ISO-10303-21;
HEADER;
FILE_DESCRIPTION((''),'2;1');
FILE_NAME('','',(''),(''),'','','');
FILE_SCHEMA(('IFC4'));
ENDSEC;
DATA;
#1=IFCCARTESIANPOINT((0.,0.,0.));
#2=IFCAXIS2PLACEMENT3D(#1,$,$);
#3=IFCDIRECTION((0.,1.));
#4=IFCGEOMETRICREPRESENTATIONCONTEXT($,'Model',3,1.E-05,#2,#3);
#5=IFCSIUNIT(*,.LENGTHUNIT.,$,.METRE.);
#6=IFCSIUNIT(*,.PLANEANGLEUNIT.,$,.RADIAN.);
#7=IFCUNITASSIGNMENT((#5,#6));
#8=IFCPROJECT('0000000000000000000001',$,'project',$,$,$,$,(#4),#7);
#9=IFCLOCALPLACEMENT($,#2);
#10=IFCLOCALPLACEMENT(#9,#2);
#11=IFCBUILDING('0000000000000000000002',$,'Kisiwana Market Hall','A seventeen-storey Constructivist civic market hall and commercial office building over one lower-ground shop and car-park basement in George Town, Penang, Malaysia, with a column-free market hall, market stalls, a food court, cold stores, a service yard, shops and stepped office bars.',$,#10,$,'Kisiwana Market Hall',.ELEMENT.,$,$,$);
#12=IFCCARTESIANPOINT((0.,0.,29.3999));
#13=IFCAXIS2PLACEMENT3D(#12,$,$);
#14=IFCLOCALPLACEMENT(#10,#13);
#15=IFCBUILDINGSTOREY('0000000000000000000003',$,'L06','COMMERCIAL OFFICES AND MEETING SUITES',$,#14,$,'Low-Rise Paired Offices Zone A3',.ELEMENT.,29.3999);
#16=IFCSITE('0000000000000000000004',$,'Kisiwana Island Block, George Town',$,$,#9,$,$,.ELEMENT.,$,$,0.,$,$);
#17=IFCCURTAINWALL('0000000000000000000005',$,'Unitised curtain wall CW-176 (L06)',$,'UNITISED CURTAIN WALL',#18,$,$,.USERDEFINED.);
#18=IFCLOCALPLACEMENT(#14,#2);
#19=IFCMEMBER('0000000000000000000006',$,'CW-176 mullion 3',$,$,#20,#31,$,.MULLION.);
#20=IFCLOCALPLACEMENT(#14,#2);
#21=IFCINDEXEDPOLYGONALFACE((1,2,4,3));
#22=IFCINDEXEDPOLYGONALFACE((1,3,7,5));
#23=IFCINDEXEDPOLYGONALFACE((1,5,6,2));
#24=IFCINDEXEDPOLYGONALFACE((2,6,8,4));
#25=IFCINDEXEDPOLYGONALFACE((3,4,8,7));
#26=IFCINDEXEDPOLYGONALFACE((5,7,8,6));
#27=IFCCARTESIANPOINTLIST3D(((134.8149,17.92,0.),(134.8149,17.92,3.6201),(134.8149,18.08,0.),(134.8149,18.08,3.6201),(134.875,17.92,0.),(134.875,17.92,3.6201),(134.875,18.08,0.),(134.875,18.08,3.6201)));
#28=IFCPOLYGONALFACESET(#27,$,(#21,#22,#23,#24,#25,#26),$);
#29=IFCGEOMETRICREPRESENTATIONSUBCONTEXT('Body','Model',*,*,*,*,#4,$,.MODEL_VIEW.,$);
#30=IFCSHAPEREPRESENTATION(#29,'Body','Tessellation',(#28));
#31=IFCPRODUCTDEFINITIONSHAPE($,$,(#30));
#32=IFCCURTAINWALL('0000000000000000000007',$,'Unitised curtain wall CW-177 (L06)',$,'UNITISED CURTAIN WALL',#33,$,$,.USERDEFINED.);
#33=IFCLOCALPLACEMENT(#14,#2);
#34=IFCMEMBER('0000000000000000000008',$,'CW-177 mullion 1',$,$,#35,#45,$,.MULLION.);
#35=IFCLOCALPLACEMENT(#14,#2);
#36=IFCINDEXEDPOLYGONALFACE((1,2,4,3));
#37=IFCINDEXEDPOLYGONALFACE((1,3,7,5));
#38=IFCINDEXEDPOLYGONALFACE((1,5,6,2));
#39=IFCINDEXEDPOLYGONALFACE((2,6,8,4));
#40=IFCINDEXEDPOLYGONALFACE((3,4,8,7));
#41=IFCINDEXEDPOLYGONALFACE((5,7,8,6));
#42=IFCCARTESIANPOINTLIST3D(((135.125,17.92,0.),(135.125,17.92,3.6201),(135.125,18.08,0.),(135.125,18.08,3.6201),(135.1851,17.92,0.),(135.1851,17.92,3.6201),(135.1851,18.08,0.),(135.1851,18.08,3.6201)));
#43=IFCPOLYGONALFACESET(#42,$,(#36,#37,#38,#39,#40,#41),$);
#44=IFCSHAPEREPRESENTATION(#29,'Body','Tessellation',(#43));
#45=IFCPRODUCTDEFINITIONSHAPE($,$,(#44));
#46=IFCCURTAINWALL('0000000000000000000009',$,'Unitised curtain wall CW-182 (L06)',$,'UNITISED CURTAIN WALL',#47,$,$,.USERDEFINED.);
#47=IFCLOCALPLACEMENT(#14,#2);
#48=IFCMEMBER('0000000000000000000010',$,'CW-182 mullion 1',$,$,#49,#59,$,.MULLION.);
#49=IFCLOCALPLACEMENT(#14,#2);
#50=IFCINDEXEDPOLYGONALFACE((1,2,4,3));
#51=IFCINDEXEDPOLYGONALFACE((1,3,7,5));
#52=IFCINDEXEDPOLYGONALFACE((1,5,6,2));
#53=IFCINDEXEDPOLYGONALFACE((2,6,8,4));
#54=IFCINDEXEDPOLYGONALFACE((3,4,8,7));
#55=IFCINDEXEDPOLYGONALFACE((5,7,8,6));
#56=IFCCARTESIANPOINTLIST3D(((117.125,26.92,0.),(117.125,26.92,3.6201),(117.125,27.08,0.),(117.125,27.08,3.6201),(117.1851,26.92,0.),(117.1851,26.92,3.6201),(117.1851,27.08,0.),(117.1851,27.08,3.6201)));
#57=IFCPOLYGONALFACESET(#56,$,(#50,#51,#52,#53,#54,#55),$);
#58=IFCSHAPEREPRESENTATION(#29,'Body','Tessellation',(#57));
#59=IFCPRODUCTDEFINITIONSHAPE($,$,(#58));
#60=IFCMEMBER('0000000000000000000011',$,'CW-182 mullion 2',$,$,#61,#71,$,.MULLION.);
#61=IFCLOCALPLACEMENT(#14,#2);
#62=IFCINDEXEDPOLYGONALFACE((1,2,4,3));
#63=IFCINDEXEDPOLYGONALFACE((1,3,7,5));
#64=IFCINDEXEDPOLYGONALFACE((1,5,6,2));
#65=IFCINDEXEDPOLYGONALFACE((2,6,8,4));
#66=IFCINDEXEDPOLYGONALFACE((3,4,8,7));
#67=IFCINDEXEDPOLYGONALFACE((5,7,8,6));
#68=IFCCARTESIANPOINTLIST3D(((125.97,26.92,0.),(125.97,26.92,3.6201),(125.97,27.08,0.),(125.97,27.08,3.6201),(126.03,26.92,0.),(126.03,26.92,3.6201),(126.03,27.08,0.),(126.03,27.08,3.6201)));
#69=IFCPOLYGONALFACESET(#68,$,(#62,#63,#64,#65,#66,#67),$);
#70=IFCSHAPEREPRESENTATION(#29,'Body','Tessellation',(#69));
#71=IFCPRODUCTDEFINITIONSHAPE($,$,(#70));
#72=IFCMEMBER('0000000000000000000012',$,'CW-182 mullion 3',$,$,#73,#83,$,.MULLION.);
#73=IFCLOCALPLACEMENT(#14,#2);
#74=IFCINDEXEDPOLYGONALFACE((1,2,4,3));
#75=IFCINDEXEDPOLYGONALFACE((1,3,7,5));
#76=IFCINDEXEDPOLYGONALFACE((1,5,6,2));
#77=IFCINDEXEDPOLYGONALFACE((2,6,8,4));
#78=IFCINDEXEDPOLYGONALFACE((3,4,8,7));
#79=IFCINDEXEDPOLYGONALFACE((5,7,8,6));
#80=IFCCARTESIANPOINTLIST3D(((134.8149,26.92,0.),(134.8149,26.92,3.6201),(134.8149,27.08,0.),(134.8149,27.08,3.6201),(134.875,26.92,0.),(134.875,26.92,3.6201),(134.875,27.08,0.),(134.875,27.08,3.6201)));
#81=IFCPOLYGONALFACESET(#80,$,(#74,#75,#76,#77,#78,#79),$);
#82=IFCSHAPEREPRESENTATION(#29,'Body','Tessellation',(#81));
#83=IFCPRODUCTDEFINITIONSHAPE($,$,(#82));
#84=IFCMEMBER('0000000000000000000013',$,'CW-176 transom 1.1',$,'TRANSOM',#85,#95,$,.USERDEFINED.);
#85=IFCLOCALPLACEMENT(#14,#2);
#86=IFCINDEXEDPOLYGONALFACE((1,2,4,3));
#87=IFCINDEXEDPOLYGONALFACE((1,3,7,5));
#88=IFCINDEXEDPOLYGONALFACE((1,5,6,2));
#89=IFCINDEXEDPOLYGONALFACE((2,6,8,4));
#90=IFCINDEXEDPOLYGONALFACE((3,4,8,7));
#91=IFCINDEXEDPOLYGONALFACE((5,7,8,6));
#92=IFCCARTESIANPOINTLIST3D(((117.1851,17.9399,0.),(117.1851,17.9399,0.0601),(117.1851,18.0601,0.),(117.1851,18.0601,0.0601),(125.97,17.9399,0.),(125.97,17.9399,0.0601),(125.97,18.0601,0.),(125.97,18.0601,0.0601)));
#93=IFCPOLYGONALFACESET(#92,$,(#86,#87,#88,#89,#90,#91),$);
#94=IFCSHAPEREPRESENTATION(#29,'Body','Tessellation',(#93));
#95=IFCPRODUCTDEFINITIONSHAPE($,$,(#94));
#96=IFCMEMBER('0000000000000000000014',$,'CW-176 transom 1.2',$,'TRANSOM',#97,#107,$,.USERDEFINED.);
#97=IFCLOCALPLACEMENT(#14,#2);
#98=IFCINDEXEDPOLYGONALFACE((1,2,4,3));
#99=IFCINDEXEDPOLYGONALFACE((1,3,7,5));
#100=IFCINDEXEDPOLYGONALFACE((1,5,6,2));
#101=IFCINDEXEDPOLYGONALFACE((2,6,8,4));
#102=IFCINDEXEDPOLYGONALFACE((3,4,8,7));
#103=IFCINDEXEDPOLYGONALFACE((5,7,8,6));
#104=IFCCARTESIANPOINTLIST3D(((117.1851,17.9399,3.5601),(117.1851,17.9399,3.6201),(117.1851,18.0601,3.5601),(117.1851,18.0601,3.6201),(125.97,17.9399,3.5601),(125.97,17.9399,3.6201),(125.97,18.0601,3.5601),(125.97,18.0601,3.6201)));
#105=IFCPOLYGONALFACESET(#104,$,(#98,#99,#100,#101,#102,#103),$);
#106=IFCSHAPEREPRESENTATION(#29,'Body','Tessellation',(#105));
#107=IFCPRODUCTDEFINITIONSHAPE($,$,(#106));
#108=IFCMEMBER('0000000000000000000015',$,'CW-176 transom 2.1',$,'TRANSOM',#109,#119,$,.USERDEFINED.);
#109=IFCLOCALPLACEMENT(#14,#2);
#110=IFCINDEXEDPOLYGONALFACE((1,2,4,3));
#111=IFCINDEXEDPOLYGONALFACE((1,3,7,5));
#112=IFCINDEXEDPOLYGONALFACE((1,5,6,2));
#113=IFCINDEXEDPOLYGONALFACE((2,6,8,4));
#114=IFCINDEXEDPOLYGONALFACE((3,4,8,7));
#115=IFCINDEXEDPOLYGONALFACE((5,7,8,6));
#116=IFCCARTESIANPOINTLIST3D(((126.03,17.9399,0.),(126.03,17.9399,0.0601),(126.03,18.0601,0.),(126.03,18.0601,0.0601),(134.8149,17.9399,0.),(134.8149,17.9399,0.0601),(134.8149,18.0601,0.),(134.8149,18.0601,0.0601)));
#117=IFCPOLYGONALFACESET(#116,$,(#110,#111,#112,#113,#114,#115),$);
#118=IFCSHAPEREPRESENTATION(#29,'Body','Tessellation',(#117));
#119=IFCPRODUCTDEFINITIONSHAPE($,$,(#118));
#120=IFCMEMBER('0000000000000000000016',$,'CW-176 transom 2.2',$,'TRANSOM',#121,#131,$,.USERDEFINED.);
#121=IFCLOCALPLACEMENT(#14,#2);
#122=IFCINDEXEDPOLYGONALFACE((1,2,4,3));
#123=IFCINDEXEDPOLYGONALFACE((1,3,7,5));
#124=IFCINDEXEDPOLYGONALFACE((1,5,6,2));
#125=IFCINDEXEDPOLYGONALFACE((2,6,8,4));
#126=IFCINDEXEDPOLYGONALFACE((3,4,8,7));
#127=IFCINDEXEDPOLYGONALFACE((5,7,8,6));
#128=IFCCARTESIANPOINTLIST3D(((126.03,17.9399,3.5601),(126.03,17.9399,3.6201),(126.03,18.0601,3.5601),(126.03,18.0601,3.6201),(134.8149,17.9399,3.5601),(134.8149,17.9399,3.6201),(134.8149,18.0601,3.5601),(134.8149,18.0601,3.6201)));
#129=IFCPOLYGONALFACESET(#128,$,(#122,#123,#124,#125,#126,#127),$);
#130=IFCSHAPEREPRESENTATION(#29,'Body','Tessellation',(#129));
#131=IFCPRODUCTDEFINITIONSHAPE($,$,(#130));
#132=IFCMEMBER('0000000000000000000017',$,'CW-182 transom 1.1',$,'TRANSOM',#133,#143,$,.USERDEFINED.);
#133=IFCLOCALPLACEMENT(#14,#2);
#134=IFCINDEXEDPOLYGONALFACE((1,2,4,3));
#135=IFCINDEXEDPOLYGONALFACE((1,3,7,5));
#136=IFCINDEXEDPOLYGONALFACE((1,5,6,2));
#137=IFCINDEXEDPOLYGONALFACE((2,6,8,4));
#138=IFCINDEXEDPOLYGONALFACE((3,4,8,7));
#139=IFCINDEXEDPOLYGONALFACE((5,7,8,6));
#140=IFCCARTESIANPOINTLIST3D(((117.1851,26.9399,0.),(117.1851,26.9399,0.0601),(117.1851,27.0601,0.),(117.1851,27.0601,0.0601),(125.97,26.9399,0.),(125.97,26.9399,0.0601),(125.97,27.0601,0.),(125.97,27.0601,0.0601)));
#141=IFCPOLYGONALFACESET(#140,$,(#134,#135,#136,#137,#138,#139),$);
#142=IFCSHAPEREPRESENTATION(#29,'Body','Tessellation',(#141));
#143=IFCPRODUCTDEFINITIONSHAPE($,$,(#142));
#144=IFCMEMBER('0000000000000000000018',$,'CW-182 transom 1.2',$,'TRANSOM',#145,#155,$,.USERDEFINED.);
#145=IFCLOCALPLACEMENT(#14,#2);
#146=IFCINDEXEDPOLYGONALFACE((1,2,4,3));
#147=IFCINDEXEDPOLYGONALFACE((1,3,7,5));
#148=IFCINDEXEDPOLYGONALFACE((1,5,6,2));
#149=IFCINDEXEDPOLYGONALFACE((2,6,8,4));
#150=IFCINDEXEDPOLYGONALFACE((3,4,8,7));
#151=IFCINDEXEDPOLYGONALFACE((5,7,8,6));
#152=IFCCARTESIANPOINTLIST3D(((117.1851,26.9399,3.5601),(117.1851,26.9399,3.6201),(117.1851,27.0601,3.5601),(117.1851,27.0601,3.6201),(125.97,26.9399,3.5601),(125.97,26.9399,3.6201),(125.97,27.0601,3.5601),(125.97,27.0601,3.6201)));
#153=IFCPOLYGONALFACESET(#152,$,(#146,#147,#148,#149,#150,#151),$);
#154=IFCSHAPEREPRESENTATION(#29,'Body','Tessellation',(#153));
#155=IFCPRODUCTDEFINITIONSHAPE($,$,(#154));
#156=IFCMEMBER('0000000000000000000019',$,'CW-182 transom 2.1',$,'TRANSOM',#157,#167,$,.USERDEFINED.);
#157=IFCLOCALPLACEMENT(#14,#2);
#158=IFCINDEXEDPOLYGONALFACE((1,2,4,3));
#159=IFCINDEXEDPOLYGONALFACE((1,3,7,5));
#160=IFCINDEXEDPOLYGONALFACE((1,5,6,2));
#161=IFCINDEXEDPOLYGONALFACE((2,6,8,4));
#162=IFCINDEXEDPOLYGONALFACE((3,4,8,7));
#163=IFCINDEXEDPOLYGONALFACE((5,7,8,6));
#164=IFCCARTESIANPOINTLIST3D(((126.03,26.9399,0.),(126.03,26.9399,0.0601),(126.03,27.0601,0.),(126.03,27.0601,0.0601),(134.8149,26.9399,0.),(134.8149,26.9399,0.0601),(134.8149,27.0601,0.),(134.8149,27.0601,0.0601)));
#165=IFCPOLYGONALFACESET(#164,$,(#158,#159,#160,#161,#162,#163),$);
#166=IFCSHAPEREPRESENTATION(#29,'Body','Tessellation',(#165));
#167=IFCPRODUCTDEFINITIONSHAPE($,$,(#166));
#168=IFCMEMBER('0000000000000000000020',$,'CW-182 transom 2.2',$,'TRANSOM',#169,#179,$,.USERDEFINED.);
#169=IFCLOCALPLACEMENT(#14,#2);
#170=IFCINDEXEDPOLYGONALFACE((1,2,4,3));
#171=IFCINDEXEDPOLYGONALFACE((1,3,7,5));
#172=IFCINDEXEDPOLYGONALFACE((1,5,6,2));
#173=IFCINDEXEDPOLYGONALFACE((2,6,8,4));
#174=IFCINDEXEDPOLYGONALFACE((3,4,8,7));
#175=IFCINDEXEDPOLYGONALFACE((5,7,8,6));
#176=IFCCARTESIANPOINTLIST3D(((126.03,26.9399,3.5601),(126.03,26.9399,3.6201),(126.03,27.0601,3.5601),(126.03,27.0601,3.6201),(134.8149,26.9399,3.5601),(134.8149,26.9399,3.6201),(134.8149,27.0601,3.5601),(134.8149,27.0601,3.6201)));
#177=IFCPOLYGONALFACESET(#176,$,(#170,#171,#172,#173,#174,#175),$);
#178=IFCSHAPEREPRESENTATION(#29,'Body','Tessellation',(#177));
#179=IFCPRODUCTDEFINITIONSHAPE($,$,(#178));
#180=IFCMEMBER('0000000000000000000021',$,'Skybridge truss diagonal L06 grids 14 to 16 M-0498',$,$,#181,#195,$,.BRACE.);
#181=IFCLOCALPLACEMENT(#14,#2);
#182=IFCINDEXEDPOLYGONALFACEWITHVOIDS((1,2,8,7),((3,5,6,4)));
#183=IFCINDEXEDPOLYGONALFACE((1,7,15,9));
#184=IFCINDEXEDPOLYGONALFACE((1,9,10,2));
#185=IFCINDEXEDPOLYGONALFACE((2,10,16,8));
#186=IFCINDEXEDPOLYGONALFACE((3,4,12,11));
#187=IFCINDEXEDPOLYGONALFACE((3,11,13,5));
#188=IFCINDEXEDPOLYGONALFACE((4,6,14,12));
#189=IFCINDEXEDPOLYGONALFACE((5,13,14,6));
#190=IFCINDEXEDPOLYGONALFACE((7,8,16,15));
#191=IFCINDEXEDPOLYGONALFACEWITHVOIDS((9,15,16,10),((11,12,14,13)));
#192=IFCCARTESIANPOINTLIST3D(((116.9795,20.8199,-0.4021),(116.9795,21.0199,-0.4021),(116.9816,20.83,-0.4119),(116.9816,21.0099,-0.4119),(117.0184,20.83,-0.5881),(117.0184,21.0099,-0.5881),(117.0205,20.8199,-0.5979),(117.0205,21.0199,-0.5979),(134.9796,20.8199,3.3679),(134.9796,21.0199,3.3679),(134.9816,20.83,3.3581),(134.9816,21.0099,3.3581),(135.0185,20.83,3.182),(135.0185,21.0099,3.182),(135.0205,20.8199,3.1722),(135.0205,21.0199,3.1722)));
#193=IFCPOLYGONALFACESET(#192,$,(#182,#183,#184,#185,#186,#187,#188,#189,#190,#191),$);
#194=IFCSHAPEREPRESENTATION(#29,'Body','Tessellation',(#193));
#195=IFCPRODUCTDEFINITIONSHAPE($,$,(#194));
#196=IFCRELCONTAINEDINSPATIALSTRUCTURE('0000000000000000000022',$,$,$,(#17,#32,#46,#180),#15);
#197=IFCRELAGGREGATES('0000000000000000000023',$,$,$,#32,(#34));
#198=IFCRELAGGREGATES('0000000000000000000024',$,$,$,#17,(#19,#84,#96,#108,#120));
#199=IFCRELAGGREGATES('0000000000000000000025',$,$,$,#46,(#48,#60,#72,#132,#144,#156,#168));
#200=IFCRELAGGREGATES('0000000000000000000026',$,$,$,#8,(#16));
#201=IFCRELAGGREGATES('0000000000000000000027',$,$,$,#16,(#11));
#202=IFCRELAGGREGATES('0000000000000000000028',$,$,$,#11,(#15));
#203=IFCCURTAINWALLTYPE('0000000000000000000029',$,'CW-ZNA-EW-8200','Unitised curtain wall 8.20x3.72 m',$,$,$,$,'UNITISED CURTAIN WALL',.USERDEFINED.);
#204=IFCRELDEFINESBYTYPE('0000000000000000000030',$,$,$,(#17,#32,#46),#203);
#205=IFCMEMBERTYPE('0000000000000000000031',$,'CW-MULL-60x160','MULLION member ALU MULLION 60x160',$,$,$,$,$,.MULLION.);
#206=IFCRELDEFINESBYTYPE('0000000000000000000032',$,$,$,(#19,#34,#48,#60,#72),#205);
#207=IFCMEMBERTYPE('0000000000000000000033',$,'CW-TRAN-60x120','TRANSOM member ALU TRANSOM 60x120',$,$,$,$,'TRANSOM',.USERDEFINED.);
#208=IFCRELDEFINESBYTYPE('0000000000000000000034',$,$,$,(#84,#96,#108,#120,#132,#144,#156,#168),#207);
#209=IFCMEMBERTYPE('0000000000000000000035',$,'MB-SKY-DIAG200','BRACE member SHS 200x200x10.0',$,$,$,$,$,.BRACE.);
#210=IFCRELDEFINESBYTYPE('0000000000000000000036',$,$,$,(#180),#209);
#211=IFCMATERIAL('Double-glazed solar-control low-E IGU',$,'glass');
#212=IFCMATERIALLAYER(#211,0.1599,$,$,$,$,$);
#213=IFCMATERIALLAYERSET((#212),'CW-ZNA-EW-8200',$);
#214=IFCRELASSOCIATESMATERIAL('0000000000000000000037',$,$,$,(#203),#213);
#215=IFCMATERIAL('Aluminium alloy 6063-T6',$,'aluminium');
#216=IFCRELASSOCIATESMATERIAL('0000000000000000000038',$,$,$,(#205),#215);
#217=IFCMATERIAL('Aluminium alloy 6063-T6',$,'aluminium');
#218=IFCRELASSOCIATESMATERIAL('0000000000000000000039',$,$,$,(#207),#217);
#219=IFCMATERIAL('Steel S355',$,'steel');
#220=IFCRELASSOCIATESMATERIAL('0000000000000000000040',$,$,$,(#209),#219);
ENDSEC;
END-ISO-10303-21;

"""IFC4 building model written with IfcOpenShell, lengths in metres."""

from ifc_helpers import new_model, si_unit, direction, frame, origin, origin_2d, place, context, subcontext, project, spatial, rectangle, hollow_rectangle, extrude, material, layer, layer_set, material_profile, profile_set, type_object, element, aggregate, save


model = new_model("IFC4")

# Units and contexts
model_context = context("Model", 3, precision=1e-05, world=origin(), true_north=direction((0.0, 1.0)))
body_context = subcontext(model_context, "Body", "Model", "MODEL_VIEW")
ifc_project = project(units=[si_unit("LENGTHUNIT", "METRE"), si_unit("PLANEANGLEUNIT", "RADIAN")], contexts=[model_context])

# Site, building, storey
site_placement = place(None, origin())
site = spatial("IfcSite", under=ifc_project, at=site_placement, Name="Kisiwana Island Block, George Town", CompositionType="ELEMENT", RefElevation=0.0)
building_placement = place(site_placement, origin())
building = spatial("IfcBuilding", under=site, at=building_placement, Name="Kisiwana Market Hall", Description="A seventeen-storey Constructivist civic market hall and commercial office building over one lower-ground shop and car-park basement in George Town, Penang, Malaysia, with a column-free market hall, market stalls, a food court, cold stores, a service yard, shops and stepped office bars.", LongName="Kisiwana Market Hall", CompositionType="ELEMENT")
storey_placement = place(building_placement, frame((0.0, 0.0, 29.3999)))
storey = spatial("IfcBuildingStorey", under=building, at=storey_placement, Name="L06", Description="COMMERCIAL OFFICES AND MEETING SUITES", LongName="Low-Rise Paired Offices Zone A3", CompositionType="ELEMENT", Elevation=29.3999)

# Curtain wall, member
ifc_material_1 = material(Name="Double-glazed solar-control low-E IGU", Category="glass")
ifc_layer_1 = layer(ifc_material_1, 0.1599)
ifc_layer_set_1 = layer_set([ifc_layer_1], Name="CW-ZNA-EW-8200")
curtain_wall_type = type_object("IfcCurtainWallType", Name="CW-ZNA-EW-8200", Description="Unitised curtain wall 8.20x3.72 m", ElementType="UNITISED CURTAIN WALL", PredefinedType="USERDEFINED", material=ifc_layer_set_1)
curtain_wall_1_placement = place(storey_placement, origin())
curtain_wall_1 = element("IfcCurtainWall", 1, at=curtain_wall_1_placement, inside=storey, type_object=curtain_wall_type, Name="Unitised curtain wall CW-176 (L06)", ObjectType="UNITISED CURTAIN WALL", PredefinedType="USERDEFINED")
ifc_material_2 = material(Name="Aluminium alloy 6063-T6", Category="aluminium")
ifc_material_profile_1 = material_profile(ifc_material_2, rectangle(XDim=0.0601, YDim=0.1599, at=origin_2d()), Name="ALU MULLION 60x160")
ifc_profile_set_1 = profile_set([ifc_material_profile_1], Name="Aluminium alloy 6063-T6")
member_type_1 = type_object("IfcMemberType", Name="CW-MULL-60x160", Description="MULLION member ALU MULLION 60x160", PredefinedType="MULLION", material=ifc_profile_set_1)
member_1_placement = place(storey_placement, frame((134.845, 18.0, 0.0), z_axis=(0.0, 0.0, 1.0), x_axis=(1.0, 0.0, 0.0)))
member_1 = element("IfcMember", 2, at=member_1_placement, type_object=member_type_1, Name="CW-176 mullion 3", PredefinedType="MULLION", context=body_context, shape_type="SweptSolid", body=[
    extrude(rectangle(XDim=0.0601, YDim=0.1599, at=origin_2d()), origin(), (0.0, 0.0, 1.0), 3.6201),
])

# Curtain wall, member
curtain_wall_2_placement = place(storey_placement, origin())
curtain_wall_2 = element("IfcCurtainWall", 3, at=curtain_wall_2_placement, inside=storey, type_object=curtain_wall_type, Name="Unitised curtain wall CW-177 (L06)", ObjectType="UNITISED CURTAIN WALL", PredefinedType="USERDEFINED")
member_2_placement = place(storey_placement, frame((135.155, 18.0, 0.0), z_axis=(0.0, 0.0, 1.0), x_axis=(1.0, 0.0, 0.0)))
member_2 = element("IfcMember", 4, at=member_2_placement, type_object=member_type_1, Name="CW-177 mullion 1", PredefinedType="MULLION", context=body_context, shape_type="SweptSolid", body=[
    extrude(rectangle(XDim=0.0601, YDim=0.1599, at=origin_2d()), origin(), (0.0, 0.0, 1.0), 3.6201),
])
aggregate(curtain_wall_2, [member_2])

# Curtain wall, members
curtain_wall_3_placement = place(storey_placement, origin())
curtain_wall_3 = element("IfcCurtainWall", 5, at=curtain_wall_3_placement, inside=storey, type_object=curtain_wall_type, Name="Unitised curtain wall CW-182 (L06)", ObjectType="UNITISED CURTAIN WALL", PredefinedType="USERDEFINED")
member_3_placement = place(storey_placement, frame((117.155, 27.0, 0.0), z_axis=(0.0, 0.0, 1.0), x_axis=(1.0, 0.0, 0.0)))
member_3 = element("IfcMember", 6, at=member_3_placement, type_object=member_type_1, Name="CW-182 mullion 1", PredefinedType="MULLION", context=body_context, shape_type="SweptSolid", body=[
    extrude(rectangle(XDim=0.0601, YDim=0.1599, at=origin_2d()), origin(), (0.0, 0.0, 1.0), 3.6201),
])
member_4_placement = place(storey_placement, frame((126.0, 27.0, 0.0), z_axis=(0.0, 0.0, 1.0), x_axis=(1.0, 0.0, 0.0)))
member_4 = element("IfcMember", 7, at=member_4_placement, type_object=member_type_1, Name="CW-182 mullion 2", PredefinedType="MULLION", context=body_context, shape_type="SweptSolid", body=[
    extrude(rectangle(XDim=0.0601, YDim=0.1599, at=origin_2d()), origin(), (0.0, 0.0, 1.0), 3.6201),
])
member_5_placement = place(storey_placement, frame((134.845, 27.0, 0.0), z_axis=(0.0, 0.0, 1.0), x_axis=(1.0, 0.0, 0.0)))
member_5 = element("IfcMember", 8, at=member_5_placement, type_object=member_type_1, Name="CW-182 mullion 3", PredefinedType="MULLION", context=body_context, shape_type="SweptSolid", body=[
    extrude(rectangle(XDim=0.0601, YDim=0.1599, at=origin_2d()), origin(), (0.0, 0.0, 1.0), 3.6201),
])

# Members
ifc_material_3 = material(Name="Aluminium alloy 6063-T6", Category="aluminium")
ifc_material_profile_2 = material_profile(ifc_material_3, rectangle(XDim=0.1201, YDim=0.0601, at=origin_2d()), Name="ALU TRANSOM 60x120")
ifc_profile_set_2 = profile_set([ifc_material_profile_2], Name="Aluminium alloy 6063-T6")
member_type_2 = type_object("IfcMemberType", Name="CW-TRAN-60x120", Description="TRANSOM member ALU TRANSOM 60x120", ElementType="TRANSOM", PredefinedType="USERDEFINED", material=ifc_profile_set_2)
member_6_placement = place(storey_placement, frame((117.1851, 18.0, 0.03), z_axis=(1.0, 0.0, 0.0), x_axis=(0.0, 1.0, 0.0)))
member_6 = element("IfcMember", 9, at=member_6_placement, type_object=member_type_2, Name="CW-176 transom 1.1", ObjectType="TRANSOM", PredefinedType="USERDEFINED", context=body_context, shape_type="SweptSolid", body=[
    extrude(rectangle(XDim=0.1201, YDim=0.0601, at=origin_2d()), origin(), (0.0, 0.0, 1.0), 8.7849),
])
member_7_placement = place(storey_placement, frame((117.1851, 18.0, 3.5901), z_axis=(1.0, 0.0, 0.0), x_axis=(0.0, 1.0, 0.0)))
member_7 = element("IfcMember", 10, at=member_7_placement, type_object=member_type_2, Name="CW-176 transom 1.2", ObjectType="TRANSOM", PredefinedType="USERDEFINED", context=body_context, shape_type="SweptSolid", body=[
    extrude(rectangle(XDim=0.1201, YDim=0.0601, at=origin_2d()), origin(), (0.0, 0.0, 1.0), 8.7849),
])
member_8_placement = place(storey_placement, frame((126.03, 18.0, 0.03), z_axis=(1.0, 0.0, 0.0), x_axis=(0.0, 1.0, 0.0)))
member_8 = element("IfcMember", 11, at=member_8_placement, type_object=member_type_2, Name="CW-176 transom 2.1", ObjectType="TRANSOM", PredefinedType="USERDEFINED", context=body_context, shape_type="SweptSolid", body=[
    extrude(rectangle(XDim=0.1201, YDim=0.0601, at=origin_2d()), origin(), (0.0, 0.0, 1.0), 8.7849),
])
member_9_placement = place(storey_placement, frame((126.03, 18.0, 3.5901), z_axis=(1.0, 0.0, 0.0), x_axis=(0.0, 1.0, 0.0)))
member_9 = element("IfcMember", 12, at=member_9_placement, type_object=member_type_2, Name="CW-176 transom 2.2", ObjectType="TRANSOM", PredefinedType="USERDEFINED", context=body_context, shape_type="SweptSolid", body=[
    extrude(rectangle(XDim=0.1201, YDim=0.0601, at=origin_2d()), origin(), (0.0, 0.0, 1.0), 8.7849),
])
member_10_placement = place(storey_placement, frame((117.1851, 27.0, 0.03), z_axis=(1.0, 0.0, 0.0), x_axis=(0.0, 1.0, 0.0)))
member_10 = element("IfcMember", 13, at=member_10_placement, type_object=member_type_2, Name="CW-182 transom 1.1", ObjectType="TRANSOM", PredefinedType="USERDEFINED", context=body_context, shape_type="SweptSolid", body=[
    extrude(rectangle(XDim=0.1201, YDim=0.0601, at=origin_2d()), origin(), (0.0, 0.0, 1.0), 8.7849),
])
member_11_placement = place(storey_placement, frame((117.1851, 27.0, 3.5901), z_axis=(1.0, 0.0, 0.0), x_axis=(0.0, 1.0, 0.0)))
member_11 = element("IfcMember", 14, at=member_11_placement, type_object=member_type_2, Name="CW-182 transom 1.2", ObjectType="TRANSOM", PredefinedType="USERDEFINED", context=body_context, shape_type="SweptSolid", body=[
    extrude(rectangle(XDim=0.1201, YDim=0.0601, at=origin_2d()), origin(), (0.0, 0.0, 1.0), 8.7849),
])
member_12_placement = place(storey_placement, frame((126.03, 27.0, 0.03), z_axis=(1.0, 0.0, 0.0), x_axis=(0.0, 1.0, 0.0)))
member_12 = element("IfcMember", 15, at=member_12_placement, type_object=member_type_2, Name="CW-182 transom 2.1", ObjectType="TRANSOM", PredefinedType="USERDEFINED", context=body_context, shape_type="SweptSolid", body=[
    extrude(rectangle(XDim=0.1201, YDim=0.0601, at=origin_2d()), origin(), (0.0, 0.0, 1.0), 8.7849),
])
member_13_placement = place(storey_placement, frame((126.03, 27.0, 3.5901), z_axis=(1.0, 0.0, 0.0), x_axis=(0.0, 1.0, 0.0)))
member_13 = element("IfcMember", 16, at=member_13_placement, type_object=member_type_2, Name="CW-182 transom 2.2", ObjectType="TRANSOM", PredefinedType="USERDEFINED", context=body_context, shape_type="SweptSolid", body=[
    extrude(rectangle(XDim=0.1201, YDim=0.0601, at=origin_2d()), origin(), (0.0, 0.0, 1.0), 8.7849),
])

# Member
ifc_material_4 = material(Name="Steel S355", Category="steel")
ifc_material_profile_3 = material_profile(ifc_material_4, hollow_rectangle(XDim=0.2, YDim=0.2, WallThickness=0.01, at=origin_2d()), Name="SHS 200x200x10.0")
ifc_profile_set_3 = profile_set([ifc_material_profile_3], Name="Steel S355")
member_type_3 = type_object("IfcMemberType", Name="MB-SKY-DIAG200", Description="BRACE member SHS 200x200x10.0", PredefinedType="BRACE", material=ifc_profile_set_3)
for number, where, z_axis, x_axis, name in (
    (17, (117.0, 20.9199, -0.5), (0.978763, 0.0, 0.204997), (0.0, 1.0, 0.0), "Skybridge truss diagonal L06 grids 14 to 16 M-0498"),
):
    element("IfcMember", number, at=place(storey_placement, frame(where, z_axis=z_axis, x_axis=x_axis)), inside=storey, type_object=member_type_3, Name=name, PredefinedType="BRACE", context=body_context, shape_type="SweptSolid", body=[
        extrude(hollow_rectangle(XDim=0.2, YDim=0.2, WallThickness=0.01, at=origin_2d()), origin(), (0.0, 0.0, 1.0), 18.3906),
    ])

aggregate(curtain_wall_1, [member_1, member_6, member_7, member_8, member_9])
aggregate(curtain_wall_3, [member_3, member_4, member_5, member_10, member_11, member_12, member_13])

save(model, "model.ifc")
